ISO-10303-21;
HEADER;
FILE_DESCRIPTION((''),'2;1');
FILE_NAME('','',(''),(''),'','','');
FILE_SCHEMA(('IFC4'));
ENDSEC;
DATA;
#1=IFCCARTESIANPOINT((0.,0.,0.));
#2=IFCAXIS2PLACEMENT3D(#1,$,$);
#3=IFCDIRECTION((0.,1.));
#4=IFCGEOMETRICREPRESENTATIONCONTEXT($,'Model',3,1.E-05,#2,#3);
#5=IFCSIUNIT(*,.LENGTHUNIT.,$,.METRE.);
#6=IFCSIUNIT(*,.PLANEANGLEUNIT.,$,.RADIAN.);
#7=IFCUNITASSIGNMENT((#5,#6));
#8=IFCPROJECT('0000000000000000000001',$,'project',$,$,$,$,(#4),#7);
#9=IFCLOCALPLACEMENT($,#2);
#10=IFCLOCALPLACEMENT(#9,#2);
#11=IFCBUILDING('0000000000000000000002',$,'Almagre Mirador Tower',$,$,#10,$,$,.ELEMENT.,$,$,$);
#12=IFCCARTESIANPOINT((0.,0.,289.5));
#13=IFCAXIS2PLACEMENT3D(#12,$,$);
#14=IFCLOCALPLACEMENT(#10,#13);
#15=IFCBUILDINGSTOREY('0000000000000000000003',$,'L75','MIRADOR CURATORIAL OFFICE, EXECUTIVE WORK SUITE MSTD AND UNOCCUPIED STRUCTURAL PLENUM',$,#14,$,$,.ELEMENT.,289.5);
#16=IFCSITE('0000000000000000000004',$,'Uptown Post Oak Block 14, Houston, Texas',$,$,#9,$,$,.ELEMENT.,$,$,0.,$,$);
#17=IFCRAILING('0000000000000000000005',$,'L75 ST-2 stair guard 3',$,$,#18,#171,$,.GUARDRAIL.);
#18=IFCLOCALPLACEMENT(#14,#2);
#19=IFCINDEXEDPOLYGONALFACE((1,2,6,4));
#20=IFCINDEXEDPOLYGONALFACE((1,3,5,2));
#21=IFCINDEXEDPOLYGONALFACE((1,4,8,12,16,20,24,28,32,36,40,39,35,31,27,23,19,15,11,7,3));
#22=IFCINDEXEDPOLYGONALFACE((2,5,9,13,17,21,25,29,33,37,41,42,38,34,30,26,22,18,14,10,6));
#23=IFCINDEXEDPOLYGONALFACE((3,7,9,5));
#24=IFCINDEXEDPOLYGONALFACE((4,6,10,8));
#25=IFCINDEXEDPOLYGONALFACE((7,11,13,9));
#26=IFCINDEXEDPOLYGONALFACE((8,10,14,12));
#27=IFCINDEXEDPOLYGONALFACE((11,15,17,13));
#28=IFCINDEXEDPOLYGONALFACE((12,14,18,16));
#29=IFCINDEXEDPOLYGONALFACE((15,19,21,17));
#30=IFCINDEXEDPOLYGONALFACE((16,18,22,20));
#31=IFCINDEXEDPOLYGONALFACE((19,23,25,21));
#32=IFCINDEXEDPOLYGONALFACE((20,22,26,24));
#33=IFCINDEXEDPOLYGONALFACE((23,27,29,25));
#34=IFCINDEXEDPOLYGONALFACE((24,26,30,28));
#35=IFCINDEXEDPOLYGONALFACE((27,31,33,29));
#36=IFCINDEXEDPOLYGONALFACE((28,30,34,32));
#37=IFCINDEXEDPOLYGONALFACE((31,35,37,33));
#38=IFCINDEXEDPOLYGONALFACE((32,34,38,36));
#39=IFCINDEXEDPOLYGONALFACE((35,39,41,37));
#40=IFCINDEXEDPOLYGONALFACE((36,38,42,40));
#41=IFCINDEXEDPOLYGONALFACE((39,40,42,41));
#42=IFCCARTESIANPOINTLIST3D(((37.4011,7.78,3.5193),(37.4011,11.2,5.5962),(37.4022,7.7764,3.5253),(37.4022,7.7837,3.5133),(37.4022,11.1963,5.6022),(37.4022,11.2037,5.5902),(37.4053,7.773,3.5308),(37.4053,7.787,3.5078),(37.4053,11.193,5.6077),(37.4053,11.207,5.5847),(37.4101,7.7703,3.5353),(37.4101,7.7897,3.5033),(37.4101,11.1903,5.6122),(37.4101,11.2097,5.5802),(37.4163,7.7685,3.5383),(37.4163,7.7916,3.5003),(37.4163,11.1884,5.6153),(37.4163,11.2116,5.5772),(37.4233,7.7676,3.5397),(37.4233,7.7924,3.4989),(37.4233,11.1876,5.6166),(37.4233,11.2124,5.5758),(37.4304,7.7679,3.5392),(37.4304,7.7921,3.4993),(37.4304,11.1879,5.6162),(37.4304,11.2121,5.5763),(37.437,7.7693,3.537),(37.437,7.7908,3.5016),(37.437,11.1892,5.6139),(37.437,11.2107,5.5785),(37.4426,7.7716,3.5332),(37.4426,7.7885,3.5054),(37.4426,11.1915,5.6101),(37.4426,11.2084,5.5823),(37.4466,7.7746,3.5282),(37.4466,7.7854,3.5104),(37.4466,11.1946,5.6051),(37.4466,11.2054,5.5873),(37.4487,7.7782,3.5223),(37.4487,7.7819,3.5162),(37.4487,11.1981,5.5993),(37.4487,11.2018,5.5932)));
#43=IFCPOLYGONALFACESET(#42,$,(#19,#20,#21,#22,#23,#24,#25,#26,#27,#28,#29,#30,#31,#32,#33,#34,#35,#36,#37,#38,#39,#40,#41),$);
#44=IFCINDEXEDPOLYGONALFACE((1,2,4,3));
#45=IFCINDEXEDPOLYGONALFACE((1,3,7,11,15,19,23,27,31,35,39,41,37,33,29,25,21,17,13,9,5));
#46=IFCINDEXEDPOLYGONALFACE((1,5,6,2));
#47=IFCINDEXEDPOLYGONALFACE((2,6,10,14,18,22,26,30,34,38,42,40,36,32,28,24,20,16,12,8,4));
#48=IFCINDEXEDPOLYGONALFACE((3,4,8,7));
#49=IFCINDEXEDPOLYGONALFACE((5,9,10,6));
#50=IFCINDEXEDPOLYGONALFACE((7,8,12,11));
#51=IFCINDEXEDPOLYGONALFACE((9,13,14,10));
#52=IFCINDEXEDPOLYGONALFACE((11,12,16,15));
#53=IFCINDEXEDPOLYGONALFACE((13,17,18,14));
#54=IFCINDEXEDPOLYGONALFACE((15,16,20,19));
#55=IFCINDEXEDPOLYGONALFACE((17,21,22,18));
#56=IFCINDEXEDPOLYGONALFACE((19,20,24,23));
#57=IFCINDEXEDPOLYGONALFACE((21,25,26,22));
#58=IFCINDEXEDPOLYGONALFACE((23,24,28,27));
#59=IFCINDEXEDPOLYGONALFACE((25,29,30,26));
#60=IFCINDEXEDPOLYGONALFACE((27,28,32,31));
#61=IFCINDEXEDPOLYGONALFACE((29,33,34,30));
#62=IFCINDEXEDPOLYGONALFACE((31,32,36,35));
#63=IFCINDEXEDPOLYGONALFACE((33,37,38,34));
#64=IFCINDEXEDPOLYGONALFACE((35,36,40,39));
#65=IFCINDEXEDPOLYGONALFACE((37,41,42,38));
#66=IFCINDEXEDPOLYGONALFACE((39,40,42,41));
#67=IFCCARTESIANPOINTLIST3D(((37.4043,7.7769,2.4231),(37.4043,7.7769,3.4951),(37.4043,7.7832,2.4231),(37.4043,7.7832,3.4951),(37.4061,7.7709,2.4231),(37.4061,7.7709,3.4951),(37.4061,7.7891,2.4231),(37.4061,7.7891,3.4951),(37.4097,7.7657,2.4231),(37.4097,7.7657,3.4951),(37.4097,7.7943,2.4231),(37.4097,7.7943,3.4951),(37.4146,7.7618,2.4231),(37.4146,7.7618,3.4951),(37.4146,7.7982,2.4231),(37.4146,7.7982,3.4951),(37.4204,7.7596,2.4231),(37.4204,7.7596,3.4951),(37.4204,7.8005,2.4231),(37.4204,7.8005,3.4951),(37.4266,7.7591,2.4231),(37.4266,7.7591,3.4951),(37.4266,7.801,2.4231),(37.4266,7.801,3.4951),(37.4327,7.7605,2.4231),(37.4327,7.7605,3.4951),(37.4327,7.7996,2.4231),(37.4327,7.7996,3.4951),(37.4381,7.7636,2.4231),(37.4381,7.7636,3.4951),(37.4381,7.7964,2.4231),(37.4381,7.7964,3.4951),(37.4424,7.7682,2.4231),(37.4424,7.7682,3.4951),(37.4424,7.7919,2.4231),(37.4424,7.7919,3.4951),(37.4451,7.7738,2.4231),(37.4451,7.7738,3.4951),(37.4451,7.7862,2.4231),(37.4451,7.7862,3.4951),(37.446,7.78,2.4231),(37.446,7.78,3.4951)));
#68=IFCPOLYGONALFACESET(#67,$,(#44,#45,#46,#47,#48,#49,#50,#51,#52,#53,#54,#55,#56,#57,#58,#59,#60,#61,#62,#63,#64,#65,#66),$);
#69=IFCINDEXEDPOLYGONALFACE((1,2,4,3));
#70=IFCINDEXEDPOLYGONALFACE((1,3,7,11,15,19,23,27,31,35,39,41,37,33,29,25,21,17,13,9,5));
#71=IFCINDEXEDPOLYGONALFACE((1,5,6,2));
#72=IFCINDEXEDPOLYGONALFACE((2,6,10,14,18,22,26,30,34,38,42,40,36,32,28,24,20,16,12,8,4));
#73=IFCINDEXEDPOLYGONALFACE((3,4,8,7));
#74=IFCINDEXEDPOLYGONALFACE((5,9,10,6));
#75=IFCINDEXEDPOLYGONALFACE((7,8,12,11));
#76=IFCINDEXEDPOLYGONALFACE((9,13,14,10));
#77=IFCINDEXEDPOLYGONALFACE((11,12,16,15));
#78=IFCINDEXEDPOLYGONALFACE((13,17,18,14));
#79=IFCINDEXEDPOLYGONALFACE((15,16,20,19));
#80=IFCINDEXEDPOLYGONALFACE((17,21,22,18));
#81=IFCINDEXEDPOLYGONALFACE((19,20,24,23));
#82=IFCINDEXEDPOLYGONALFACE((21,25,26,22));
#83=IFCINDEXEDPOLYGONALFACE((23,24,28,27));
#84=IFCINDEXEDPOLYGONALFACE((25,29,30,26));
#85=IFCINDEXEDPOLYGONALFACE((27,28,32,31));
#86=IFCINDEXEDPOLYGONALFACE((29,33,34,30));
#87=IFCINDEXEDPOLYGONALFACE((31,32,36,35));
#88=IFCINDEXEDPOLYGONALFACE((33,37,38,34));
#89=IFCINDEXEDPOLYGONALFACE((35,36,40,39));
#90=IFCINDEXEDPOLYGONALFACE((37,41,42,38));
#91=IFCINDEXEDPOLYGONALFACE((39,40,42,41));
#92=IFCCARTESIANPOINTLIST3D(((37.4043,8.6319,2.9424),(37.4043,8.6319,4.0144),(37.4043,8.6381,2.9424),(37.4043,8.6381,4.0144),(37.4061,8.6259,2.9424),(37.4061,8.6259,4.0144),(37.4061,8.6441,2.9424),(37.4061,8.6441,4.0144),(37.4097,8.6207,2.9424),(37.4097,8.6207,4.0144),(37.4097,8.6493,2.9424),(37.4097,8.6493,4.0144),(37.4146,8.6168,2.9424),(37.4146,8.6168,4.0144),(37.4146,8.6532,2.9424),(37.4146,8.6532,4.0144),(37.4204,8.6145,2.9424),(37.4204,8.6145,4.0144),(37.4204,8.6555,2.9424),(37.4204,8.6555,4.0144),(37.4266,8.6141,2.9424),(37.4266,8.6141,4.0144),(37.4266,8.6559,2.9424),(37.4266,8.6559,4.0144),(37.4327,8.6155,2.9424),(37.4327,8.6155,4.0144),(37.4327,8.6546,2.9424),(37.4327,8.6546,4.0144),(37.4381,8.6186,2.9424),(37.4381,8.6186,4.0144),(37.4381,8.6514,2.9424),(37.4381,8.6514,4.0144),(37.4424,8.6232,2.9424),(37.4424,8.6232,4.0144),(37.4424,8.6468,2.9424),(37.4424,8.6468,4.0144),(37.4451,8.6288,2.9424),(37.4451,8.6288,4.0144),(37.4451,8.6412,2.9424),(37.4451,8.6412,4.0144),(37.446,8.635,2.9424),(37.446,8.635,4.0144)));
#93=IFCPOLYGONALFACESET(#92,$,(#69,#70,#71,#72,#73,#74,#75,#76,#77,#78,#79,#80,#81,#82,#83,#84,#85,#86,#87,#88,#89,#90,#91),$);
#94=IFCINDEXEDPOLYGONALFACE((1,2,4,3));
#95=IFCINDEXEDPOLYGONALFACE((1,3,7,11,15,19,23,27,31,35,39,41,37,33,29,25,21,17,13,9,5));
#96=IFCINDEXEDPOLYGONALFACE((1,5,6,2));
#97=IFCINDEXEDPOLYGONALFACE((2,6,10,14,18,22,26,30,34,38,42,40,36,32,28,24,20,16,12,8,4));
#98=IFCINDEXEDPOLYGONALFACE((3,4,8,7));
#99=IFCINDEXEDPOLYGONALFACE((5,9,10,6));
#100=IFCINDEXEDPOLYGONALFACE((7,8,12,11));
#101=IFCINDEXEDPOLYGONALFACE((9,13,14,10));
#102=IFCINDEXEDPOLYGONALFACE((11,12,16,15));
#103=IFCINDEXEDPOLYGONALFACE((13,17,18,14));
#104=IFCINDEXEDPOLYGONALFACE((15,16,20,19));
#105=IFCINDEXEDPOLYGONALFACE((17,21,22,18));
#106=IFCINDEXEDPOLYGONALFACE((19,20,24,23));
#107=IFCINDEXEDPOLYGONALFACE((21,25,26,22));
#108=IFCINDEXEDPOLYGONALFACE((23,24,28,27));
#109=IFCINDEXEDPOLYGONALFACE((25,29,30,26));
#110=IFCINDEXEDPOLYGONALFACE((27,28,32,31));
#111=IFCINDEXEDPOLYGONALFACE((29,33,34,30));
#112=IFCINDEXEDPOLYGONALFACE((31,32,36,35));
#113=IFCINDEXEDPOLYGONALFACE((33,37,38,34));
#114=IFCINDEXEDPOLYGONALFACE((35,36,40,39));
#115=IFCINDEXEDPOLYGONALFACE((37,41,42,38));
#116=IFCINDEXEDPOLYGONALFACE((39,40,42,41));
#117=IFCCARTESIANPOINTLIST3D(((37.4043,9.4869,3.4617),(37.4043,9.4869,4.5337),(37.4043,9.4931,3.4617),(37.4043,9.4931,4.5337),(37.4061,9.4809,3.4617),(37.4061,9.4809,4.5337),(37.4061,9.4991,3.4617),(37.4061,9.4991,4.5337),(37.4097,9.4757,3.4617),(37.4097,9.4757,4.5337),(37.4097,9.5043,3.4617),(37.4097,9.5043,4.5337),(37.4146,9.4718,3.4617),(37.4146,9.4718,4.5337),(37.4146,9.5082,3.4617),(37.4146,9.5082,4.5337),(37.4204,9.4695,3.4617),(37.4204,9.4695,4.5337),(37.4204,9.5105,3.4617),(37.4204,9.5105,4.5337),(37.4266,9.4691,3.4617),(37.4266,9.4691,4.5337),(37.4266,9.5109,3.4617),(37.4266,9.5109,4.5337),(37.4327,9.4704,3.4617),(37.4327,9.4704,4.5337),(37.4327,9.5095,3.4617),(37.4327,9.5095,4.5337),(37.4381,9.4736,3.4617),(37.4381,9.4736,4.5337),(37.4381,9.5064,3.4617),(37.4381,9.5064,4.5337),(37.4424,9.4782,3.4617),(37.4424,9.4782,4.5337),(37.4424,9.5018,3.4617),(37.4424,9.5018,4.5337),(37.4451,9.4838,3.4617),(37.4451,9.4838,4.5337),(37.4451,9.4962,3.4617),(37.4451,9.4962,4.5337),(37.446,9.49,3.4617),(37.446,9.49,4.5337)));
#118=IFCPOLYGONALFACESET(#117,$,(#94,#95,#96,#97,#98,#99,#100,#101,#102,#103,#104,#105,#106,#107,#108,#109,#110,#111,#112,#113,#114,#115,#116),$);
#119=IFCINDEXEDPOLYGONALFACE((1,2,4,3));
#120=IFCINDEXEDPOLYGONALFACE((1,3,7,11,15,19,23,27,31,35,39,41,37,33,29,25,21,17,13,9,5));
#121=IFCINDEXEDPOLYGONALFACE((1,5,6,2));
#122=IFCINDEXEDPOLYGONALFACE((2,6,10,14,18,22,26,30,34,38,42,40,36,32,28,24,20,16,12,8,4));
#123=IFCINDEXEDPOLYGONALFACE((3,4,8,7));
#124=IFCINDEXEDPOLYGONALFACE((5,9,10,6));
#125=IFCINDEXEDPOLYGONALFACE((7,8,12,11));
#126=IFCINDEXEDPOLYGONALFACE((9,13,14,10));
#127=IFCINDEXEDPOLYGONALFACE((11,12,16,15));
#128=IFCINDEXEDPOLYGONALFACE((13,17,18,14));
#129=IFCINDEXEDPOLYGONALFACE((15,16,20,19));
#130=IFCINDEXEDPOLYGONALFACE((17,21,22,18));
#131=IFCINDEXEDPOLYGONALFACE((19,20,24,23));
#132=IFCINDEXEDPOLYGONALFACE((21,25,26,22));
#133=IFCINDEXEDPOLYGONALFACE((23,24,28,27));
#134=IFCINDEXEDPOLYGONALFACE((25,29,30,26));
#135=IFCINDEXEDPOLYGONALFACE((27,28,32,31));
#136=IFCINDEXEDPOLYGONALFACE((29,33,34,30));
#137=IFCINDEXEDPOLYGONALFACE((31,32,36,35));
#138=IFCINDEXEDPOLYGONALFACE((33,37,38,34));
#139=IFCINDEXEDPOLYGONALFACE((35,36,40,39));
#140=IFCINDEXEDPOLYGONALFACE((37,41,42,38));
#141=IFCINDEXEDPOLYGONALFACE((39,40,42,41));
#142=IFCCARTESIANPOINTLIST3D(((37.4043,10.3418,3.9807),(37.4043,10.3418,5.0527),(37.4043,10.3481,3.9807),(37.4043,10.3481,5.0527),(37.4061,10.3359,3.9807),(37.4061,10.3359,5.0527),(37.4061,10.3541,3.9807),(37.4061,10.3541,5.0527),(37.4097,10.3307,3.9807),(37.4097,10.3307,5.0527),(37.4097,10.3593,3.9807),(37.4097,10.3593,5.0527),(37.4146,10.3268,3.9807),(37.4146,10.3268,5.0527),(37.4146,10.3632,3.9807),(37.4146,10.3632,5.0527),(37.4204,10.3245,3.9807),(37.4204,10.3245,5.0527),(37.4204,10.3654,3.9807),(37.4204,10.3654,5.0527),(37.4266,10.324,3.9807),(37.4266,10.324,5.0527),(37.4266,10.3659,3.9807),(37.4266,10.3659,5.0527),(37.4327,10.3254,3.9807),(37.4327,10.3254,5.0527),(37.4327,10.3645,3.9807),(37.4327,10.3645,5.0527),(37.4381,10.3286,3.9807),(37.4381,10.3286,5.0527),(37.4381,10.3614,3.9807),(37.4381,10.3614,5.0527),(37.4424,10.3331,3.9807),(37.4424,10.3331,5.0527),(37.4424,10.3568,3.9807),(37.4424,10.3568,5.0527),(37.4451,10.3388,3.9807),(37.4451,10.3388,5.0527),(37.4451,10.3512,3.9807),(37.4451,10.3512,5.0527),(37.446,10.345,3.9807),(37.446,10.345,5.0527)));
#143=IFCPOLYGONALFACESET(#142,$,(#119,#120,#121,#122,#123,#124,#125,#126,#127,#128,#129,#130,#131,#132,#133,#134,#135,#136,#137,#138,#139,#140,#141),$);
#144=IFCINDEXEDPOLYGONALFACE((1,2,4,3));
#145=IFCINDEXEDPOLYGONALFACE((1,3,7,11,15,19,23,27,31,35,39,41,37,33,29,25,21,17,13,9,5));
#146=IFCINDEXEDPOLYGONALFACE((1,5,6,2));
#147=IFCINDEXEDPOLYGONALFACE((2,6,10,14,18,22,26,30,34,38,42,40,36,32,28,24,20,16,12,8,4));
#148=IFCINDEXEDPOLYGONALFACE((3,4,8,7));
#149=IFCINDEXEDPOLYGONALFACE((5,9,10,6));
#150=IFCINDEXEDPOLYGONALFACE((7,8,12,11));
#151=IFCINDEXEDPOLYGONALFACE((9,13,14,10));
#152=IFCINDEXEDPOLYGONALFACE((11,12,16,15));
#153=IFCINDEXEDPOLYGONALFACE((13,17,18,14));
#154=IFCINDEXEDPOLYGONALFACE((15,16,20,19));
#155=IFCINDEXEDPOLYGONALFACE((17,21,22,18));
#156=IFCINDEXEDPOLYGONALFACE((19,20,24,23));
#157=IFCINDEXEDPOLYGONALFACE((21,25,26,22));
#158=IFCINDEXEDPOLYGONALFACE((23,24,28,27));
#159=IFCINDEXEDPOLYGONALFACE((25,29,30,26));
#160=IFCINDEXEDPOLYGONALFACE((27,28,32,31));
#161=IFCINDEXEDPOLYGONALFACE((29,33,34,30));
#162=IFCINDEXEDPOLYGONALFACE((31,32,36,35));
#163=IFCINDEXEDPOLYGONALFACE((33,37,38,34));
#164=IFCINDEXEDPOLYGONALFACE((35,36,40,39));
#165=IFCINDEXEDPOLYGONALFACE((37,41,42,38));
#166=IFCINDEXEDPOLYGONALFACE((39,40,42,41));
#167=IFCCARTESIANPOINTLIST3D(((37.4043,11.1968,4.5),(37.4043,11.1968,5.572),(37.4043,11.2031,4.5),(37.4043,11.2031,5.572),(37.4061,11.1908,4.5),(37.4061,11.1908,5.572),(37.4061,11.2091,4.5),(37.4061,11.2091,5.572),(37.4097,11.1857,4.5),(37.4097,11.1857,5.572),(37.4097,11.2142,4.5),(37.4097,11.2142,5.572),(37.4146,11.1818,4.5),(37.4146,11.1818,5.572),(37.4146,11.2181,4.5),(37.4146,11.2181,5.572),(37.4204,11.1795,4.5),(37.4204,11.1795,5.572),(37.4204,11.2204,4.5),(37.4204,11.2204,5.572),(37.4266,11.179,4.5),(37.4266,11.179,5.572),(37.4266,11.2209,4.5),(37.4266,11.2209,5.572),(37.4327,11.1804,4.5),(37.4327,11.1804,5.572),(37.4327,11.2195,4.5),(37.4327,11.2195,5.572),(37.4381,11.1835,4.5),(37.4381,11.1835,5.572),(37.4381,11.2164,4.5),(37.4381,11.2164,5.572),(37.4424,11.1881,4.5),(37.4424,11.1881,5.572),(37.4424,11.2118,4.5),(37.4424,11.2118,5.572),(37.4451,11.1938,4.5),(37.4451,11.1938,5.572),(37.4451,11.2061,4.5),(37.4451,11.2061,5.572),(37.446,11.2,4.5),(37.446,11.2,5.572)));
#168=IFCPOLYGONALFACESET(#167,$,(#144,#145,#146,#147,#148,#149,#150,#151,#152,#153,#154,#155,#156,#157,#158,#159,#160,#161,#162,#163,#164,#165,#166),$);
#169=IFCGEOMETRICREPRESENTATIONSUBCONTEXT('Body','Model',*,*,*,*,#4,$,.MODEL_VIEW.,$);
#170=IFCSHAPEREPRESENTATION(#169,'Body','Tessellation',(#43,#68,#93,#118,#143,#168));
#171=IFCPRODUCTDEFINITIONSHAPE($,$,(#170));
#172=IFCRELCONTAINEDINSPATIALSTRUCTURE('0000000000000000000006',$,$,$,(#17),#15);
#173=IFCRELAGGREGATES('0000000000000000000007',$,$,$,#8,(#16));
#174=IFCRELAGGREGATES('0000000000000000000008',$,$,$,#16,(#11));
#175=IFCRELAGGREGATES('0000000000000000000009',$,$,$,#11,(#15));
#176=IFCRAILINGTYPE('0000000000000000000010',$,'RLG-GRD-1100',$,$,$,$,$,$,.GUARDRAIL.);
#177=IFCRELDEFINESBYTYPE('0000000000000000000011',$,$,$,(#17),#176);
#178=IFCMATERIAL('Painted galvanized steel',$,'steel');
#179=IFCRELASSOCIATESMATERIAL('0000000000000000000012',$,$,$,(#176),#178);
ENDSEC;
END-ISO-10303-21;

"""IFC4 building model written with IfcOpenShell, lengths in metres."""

from ifc_helpers import new_model, si_unit, direction, frame, origin, origin_2d, place, context, subcontext, project, spatial, circle, extrude, material, type_object, element, save


model = new_model("IFC4")

# Units and contexts
model_context = context("Model", 3, precision=1e-05, world=origin(), true_north=direction((0.0, 1.0)))
body_context = subcontext(model_context, "Body", "Model", "MODEL_VIEW")
ifc_project = project(units=[si_unit("LENGTHUNIT", "METRE"), si_unit("PLANEANGLEUNIT", "RADIAN")], contexts=[model_context])

# Site, building, storey
site_placement = place(None, origin())
site = spatial("IfcSite", under=ifc_project, at=site_placement, Name="Uptown Post Oak Block 14, Houston, Texas", CompositionType="ELEMENT", RefElevation=0.0)
building_placement = place(site_placement, origin())
building = spatial("IfcBuilding", under=site, at=building_placement, Name="Almagre Mirador Tower", CompositionType="ELEMENT")
storey_placement = place(building_placement, frame((0.0, 0.0, 289.5)))
storey = spatial("IfcBuildingStorey", under=building, at=storey_placement, Name="L75", Description="MIRADOR CURATORIAL OFFICE, EXECUTIVE WORK SUITE MSTD AND UNOCCUPIED STRUCTURAL PLENUM", CompositionType="ELEMENT", Elevation=289.5)

# Railing
ifc_material_1 = material(Name="Painted galvanized steel", Category="steel")
railing_type_1 = type_object("IfcRailingType", Name="RLG-GRD-1100", PredefinedType="GUARDRAIL", material=ifc_material_1)
railing_1_placement = place(storey_placement, frame((37.425, 7.78, 2.4231)))
element("IfcRailing", 1, at=railing_1_placement, inside=storey, type_object=railing_type_1, Name="L75 ST-2 stair guard 3", PredefinedType="GUARDRAIL", context=body_context, shape_type="SweptSolid", body=[
    extrude(circle(Radius=0.0239, at=origin_2d()), frame((0.0, 0.0, 1.0962), z_axis=(0.0, 0.85473, 0.519074), x_axis=(-1.0, 0.0, 0.0)), (0.0, 0.0, 1.0), 4.0012),
    extrude(circle(Radius=0.021, at=origin_2d()), origin(), (0.0, 0.0, 1.0), 1.072),
    extrude(circle(Radius=0.021, at=origin_2d()), frame((0.0, 0.855, 0.5193)), (0.0, 0.0, 1.0), 1.072),
    extrude(circle(Radius=0.021, at=origin_2d()), frame((0.0, 1.71, 1.0386)), (0.0, 0.0, 1.0), 1.072),
    extrude(circle(Radius=0.021, at=origin_2d()), frame((0.0, 2.5649, 1.5576)), (0.0, 0.0, 1.0), 1.072),
    extrude(circle(Radius=0.021, at=origin_2d()), frame((0.0, 3.4199, 2.0769)), (0.0, 0.0, 1.0), 1.072),
])

save(model, "model.ifc")
